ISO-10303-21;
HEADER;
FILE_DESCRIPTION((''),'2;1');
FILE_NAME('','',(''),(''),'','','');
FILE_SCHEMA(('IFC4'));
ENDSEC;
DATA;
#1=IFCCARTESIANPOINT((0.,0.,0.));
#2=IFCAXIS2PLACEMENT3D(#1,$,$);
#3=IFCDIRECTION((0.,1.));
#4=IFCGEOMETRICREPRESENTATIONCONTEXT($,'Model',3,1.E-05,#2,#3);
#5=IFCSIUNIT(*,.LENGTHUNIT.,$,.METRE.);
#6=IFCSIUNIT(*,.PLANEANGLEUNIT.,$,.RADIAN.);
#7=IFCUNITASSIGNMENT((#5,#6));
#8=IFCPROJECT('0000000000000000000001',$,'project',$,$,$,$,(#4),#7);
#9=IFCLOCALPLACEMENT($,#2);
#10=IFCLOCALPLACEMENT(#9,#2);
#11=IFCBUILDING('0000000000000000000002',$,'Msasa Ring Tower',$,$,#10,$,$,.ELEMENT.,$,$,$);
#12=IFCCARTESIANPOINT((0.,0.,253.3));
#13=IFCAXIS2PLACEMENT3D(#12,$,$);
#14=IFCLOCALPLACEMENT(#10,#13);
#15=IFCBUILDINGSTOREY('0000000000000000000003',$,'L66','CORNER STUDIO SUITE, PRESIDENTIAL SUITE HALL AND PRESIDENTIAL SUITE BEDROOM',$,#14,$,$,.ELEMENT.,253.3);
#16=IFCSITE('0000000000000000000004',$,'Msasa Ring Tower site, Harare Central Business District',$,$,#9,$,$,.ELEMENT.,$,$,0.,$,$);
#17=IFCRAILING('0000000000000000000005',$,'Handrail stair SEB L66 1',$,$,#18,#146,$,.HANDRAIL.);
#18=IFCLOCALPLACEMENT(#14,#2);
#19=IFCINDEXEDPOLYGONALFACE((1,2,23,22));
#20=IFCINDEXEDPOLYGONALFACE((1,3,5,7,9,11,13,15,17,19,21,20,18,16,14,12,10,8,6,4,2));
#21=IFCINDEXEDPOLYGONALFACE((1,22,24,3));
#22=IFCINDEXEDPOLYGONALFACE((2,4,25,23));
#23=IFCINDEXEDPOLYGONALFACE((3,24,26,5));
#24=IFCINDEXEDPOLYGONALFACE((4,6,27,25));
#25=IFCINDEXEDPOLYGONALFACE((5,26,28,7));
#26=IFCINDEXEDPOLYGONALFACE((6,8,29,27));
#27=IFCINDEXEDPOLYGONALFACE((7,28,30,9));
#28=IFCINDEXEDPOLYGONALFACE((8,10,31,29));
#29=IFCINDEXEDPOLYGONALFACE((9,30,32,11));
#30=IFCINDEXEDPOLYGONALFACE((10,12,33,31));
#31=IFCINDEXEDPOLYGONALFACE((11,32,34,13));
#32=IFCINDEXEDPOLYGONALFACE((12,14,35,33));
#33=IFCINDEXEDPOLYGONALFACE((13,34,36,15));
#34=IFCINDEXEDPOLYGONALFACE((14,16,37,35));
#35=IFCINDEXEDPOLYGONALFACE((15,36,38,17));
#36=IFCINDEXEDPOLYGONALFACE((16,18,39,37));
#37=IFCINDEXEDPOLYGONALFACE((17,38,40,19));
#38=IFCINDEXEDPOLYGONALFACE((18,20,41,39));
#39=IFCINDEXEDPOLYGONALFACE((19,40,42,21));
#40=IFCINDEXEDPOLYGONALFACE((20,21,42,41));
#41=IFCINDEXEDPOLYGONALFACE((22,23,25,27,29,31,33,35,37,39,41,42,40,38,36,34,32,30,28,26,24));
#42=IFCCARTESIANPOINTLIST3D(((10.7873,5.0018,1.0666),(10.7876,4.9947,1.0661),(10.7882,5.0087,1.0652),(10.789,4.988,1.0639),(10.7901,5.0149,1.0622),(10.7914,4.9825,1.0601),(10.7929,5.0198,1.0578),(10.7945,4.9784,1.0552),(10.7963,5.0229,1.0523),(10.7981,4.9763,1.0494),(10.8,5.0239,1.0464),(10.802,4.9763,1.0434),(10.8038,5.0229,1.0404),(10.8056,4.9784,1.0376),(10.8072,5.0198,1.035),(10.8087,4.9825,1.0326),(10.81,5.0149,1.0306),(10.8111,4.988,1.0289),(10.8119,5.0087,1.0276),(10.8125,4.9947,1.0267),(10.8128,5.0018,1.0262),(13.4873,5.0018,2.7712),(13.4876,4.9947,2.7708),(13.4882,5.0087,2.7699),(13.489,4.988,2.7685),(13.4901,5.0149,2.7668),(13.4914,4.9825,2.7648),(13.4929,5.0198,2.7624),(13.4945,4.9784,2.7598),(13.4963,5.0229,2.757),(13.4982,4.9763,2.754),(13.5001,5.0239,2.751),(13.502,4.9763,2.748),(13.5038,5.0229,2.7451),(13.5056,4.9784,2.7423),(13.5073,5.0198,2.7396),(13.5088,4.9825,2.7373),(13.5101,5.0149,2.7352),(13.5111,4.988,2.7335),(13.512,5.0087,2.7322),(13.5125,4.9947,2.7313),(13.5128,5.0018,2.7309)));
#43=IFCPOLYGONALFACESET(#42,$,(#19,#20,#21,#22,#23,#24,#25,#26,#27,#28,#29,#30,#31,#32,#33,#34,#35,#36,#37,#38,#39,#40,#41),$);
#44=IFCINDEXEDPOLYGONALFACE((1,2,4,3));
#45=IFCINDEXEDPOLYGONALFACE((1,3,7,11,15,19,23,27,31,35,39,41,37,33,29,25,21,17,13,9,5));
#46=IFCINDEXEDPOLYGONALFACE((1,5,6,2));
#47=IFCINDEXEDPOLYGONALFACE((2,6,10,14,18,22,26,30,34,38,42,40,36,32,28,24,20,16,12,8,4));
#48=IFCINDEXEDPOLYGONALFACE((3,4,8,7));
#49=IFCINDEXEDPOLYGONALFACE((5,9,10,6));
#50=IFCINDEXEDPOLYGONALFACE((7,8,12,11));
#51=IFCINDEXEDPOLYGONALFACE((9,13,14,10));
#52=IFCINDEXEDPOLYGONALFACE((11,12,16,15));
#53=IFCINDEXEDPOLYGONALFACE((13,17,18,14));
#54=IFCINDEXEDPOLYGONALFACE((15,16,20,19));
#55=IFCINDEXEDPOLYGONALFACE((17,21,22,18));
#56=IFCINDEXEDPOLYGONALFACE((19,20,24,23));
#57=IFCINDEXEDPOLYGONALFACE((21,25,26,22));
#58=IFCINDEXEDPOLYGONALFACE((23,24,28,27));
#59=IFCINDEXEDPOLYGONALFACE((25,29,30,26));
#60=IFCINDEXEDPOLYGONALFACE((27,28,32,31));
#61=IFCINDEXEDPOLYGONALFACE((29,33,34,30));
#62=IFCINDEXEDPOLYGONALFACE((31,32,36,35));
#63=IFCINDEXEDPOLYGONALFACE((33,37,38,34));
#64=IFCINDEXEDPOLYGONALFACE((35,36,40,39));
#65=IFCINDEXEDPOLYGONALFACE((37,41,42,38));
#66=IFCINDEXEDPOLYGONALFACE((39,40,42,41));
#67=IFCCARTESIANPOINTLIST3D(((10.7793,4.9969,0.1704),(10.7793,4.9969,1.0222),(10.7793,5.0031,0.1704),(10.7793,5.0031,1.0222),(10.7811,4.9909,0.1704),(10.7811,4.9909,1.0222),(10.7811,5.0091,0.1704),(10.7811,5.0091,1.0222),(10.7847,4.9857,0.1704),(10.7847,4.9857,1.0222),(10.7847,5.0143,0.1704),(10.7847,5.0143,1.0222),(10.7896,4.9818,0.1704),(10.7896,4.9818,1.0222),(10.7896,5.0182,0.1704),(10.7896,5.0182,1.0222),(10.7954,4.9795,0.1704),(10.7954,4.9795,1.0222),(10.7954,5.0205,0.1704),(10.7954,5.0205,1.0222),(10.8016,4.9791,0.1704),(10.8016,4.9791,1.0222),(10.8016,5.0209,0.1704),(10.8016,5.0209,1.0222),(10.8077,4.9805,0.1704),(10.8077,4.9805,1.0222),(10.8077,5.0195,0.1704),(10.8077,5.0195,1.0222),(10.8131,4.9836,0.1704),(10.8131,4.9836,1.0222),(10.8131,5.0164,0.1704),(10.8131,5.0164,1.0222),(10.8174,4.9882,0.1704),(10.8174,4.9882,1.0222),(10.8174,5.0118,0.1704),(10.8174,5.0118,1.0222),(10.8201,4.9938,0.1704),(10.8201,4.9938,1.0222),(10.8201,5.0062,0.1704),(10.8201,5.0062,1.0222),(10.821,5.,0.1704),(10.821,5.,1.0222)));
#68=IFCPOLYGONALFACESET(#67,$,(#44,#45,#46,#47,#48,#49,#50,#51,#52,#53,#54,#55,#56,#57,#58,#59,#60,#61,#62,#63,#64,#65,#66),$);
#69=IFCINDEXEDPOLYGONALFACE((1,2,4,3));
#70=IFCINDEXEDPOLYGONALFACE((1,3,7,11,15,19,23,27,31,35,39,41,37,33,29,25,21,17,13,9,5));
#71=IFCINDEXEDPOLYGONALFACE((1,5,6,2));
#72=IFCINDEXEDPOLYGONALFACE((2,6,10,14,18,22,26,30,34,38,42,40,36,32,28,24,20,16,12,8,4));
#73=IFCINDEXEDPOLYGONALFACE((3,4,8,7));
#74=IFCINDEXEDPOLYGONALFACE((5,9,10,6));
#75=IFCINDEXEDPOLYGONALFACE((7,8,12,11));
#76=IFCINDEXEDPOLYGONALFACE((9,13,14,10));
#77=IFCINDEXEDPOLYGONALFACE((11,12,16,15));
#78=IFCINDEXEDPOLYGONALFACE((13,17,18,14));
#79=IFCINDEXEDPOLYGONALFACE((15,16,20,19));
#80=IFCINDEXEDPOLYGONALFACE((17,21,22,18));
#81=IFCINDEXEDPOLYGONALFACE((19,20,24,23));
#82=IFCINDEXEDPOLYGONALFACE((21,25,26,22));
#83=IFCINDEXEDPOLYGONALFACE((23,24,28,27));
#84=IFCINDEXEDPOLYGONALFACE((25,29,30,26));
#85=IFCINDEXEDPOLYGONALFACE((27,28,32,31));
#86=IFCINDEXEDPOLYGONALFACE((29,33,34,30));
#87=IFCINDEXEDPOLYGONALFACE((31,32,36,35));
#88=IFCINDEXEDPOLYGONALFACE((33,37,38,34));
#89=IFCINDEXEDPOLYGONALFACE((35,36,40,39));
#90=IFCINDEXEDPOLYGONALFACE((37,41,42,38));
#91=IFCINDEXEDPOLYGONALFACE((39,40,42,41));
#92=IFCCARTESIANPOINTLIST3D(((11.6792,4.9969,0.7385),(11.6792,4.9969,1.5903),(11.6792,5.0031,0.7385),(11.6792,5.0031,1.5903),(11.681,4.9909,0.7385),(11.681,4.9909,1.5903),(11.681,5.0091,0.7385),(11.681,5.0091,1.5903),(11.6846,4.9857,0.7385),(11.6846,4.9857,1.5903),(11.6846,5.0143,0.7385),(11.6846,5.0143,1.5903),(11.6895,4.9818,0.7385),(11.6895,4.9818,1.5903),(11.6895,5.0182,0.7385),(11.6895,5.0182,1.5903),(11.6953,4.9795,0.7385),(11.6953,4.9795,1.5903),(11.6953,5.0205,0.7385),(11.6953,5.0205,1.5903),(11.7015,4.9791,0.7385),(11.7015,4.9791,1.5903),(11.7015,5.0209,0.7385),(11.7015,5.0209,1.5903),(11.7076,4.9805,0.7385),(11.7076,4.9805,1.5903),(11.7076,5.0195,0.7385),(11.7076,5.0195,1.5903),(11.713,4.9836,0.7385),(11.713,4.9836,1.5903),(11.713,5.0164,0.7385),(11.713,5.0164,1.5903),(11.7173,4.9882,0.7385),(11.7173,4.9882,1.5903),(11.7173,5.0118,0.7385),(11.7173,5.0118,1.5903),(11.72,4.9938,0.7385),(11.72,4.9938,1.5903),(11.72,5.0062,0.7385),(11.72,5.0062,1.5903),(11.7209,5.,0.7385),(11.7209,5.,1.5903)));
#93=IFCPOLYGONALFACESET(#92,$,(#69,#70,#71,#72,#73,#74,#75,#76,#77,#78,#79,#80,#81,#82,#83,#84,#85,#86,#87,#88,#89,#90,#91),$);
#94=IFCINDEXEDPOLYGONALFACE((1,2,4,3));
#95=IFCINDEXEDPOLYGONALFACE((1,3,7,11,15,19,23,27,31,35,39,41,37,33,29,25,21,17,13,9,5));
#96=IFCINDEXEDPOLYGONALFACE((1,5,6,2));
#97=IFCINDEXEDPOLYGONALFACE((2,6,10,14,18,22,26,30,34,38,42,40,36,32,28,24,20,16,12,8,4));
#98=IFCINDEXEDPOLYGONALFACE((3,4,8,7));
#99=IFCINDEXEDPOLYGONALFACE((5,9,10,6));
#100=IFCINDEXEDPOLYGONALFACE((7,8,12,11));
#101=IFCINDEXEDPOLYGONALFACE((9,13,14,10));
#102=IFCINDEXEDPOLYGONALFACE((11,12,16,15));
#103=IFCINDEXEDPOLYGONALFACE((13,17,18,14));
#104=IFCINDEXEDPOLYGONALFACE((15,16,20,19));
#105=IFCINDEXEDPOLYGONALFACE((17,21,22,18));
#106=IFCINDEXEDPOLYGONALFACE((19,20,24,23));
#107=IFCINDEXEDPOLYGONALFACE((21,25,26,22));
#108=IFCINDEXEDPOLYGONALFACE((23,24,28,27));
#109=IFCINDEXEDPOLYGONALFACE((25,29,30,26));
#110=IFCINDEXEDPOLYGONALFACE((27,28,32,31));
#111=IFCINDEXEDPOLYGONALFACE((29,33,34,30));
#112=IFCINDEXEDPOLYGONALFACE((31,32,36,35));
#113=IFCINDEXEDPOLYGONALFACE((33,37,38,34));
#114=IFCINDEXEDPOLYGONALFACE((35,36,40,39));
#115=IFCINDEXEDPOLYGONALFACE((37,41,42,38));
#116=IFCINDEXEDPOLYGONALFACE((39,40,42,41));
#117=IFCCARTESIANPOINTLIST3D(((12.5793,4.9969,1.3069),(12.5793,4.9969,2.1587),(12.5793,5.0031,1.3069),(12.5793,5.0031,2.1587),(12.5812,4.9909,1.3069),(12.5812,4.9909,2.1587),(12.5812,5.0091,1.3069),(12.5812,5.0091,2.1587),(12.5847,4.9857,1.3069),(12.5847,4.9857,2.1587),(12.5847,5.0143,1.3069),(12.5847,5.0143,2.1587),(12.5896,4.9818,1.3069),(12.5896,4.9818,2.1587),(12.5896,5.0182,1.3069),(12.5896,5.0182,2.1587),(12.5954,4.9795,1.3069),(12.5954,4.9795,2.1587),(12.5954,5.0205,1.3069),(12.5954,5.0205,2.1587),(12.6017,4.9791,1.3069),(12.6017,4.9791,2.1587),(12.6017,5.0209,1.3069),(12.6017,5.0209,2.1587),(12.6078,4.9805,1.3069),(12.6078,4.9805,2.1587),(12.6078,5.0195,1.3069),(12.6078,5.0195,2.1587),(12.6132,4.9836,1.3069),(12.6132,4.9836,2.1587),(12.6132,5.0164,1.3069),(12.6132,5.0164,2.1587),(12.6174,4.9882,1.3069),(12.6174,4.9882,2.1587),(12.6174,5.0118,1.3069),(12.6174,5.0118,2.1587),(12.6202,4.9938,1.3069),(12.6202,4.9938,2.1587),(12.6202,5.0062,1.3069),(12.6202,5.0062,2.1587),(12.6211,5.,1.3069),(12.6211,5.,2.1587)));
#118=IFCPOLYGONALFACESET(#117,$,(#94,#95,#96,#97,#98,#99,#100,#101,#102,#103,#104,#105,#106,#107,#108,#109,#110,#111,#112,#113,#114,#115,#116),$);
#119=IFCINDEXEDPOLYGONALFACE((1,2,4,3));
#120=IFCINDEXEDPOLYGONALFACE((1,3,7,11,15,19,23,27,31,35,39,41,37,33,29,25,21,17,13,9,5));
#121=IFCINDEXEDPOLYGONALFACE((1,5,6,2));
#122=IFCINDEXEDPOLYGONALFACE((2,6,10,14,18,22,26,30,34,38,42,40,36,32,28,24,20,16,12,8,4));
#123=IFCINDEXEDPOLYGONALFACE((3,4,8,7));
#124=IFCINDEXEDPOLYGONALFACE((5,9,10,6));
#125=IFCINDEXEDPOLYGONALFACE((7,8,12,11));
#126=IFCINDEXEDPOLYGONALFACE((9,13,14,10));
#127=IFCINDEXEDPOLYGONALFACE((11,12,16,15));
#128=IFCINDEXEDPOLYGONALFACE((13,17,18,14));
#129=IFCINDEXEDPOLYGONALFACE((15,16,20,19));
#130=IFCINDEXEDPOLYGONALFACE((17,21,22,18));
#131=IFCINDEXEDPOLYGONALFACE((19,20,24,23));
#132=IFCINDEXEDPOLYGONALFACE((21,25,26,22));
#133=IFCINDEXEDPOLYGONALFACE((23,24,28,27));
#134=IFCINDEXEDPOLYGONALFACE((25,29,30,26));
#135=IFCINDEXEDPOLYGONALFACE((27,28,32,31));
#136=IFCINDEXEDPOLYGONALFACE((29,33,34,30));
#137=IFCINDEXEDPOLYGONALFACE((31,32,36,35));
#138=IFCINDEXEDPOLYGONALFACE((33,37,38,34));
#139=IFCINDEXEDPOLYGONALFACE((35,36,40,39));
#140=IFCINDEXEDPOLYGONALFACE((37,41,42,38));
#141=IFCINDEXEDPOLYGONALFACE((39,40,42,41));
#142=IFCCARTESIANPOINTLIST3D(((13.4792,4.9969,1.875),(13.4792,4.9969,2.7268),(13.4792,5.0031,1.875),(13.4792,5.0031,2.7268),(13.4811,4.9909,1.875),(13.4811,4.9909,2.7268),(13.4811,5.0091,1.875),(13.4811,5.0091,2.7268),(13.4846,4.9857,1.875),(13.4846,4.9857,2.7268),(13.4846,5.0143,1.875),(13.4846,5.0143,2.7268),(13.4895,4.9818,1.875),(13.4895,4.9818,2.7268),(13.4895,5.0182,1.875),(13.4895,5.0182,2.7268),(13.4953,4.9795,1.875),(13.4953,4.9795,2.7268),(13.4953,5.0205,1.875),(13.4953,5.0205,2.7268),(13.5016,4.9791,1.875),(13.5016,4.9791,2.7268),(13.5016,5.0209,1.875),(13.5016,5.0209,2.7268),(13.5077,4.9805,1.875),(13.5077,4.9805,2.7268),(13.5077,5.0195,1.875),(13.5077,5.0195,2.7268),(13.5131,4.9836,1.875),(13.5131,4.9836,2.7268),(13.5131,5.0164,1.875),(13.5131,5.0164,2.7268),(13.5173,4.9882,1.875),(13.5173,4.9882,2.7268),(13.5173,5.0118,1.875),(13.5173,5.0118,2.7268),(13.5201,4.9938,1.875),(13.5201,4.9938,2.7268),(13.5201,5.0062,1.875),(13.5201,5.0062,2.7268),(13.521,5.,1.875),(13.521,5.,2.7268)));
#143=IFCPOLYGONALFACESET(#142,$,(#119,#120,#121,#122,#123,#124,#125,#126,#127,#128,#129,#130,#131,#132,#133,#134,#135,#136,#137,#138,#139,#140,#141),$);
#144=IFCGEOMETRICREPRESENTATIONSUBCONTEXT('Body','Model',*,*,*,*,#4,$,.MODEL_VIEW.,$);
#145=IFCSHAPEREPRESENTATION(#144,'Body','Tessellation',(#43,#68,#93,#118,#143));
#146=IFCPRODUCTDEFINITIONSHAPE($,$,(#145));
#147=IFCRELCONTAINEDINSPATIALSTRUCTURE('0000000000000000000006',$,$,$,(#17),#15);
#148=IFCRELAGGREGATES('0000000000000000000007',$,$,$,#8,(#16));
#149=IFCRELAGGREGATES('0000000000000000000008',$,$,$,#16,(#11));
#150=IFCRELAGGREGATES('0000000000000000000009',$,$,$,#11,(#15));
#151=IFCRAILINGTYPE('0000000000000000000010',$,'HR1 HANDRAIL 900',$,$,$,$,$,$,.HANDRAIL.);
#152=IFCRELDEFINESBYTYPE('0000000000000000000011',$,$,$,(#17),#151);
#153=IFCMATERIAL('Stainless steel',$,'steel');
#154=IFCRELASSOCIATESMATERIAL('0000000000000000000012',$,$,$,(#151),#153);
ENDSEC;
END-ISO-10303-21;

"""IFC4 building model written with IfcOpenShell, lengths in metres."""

from ifc_helpers import new_model, si_unit, direction, frame, origin, origin_2d, place, context, subcontext, project, spatial, circle, extrude, material, type_object, element, save


model = new_model("IFC4")

# Units and contexts
model_context = context("Model", 3, precision=1e-05, world=origin(), true_north=direction((0.0, 1.0)))
body_context = subcontext(model_context, "Body", "Model", "MODEL_VIEW")
ifc_project = project(units=[si_unit("LENGTHUNIT", "METRE"), si_unit("PLANEANGLEUNIT", "RADIAN")], contexts=[model_context])

# Site, building, storey
site_placement = place(None, origin())
site = spatial("IfcSite", under=ifc_project, at=site_placement, Name="Msasa Ring Tower site, Harare Central Business District", CompositionType="ELEMENT", RefElevation=0.0)
building_placement = place(site_placement, origin())
building = spatial("IfcBuilding", under=site, at=building_placement, Name="Msasa Ring Tower", CompositionType="ELEMENT")
storey_placement = place(building_placement, frame((0.0, 0.0, 253.3)))
storey = spatial("IfcBuildingStorey", under=building, at=storey_placement, Name="L66", Description="CORNER STUDIO SUITE, PRESIDENTIAL SUITE HALL AND PRESIDENTIAL SUITE BEDROOM", CompositionType="ELEMENT", Elevation=253.3)

# Railing
ifc_material_1 = material(Name="Stainless steel", Category="steel")
railing_type = type_object("IfcRailingType", Name="HR1 HANDRAIL 900", PredefinedType="HANDRAIL", material=ifc_material_1)
for number, where, name in (
    (1, (10.8, 5.0, 0.1704), "Handrail stair SEB L66 1"),
):
    element("IfcRailing", number, at=place(storey_placement, frame(where)), inside=storey, type_object=railing_type, Name=name, PredefinedType="HANDRAIL", context=body_context, shape_type="SweptSolid", body=[
        extrude(circle(Radius=0.0239, at=origin_2d()), frame((0.0, 0.0, 0.876), z_axis=(0.84558, 0.0, 0.533849), x_axis=(0.0, 1.0, 0.0)), (0.0, 0.0, 1.0), 3.1931),
        extrude(circle(Radius=0.021, at=origin_2d()), origin(), (0.0, 0.0, 1.0), 0.8518),
        extrude(circle(Radius=0.021, at=origin_2d()), frame((0.8999, 0.0, 0.5681)), (0.0, 0.0, 1.0), 0.8518),
        extrude(circle(Radius=0.021, at=origin_2d()), frame((1.8, 0.0, 1.1365)), (0.0, 0.0, 1.0), 0.8518),
        extrude(circle(Radius=0.021, at=origin_2d()), frame((2.7, 0.0, 1.7046)), (0.0, 0.0, 1.0), 0.8518),
    ])

save(model, "model.ifc")
